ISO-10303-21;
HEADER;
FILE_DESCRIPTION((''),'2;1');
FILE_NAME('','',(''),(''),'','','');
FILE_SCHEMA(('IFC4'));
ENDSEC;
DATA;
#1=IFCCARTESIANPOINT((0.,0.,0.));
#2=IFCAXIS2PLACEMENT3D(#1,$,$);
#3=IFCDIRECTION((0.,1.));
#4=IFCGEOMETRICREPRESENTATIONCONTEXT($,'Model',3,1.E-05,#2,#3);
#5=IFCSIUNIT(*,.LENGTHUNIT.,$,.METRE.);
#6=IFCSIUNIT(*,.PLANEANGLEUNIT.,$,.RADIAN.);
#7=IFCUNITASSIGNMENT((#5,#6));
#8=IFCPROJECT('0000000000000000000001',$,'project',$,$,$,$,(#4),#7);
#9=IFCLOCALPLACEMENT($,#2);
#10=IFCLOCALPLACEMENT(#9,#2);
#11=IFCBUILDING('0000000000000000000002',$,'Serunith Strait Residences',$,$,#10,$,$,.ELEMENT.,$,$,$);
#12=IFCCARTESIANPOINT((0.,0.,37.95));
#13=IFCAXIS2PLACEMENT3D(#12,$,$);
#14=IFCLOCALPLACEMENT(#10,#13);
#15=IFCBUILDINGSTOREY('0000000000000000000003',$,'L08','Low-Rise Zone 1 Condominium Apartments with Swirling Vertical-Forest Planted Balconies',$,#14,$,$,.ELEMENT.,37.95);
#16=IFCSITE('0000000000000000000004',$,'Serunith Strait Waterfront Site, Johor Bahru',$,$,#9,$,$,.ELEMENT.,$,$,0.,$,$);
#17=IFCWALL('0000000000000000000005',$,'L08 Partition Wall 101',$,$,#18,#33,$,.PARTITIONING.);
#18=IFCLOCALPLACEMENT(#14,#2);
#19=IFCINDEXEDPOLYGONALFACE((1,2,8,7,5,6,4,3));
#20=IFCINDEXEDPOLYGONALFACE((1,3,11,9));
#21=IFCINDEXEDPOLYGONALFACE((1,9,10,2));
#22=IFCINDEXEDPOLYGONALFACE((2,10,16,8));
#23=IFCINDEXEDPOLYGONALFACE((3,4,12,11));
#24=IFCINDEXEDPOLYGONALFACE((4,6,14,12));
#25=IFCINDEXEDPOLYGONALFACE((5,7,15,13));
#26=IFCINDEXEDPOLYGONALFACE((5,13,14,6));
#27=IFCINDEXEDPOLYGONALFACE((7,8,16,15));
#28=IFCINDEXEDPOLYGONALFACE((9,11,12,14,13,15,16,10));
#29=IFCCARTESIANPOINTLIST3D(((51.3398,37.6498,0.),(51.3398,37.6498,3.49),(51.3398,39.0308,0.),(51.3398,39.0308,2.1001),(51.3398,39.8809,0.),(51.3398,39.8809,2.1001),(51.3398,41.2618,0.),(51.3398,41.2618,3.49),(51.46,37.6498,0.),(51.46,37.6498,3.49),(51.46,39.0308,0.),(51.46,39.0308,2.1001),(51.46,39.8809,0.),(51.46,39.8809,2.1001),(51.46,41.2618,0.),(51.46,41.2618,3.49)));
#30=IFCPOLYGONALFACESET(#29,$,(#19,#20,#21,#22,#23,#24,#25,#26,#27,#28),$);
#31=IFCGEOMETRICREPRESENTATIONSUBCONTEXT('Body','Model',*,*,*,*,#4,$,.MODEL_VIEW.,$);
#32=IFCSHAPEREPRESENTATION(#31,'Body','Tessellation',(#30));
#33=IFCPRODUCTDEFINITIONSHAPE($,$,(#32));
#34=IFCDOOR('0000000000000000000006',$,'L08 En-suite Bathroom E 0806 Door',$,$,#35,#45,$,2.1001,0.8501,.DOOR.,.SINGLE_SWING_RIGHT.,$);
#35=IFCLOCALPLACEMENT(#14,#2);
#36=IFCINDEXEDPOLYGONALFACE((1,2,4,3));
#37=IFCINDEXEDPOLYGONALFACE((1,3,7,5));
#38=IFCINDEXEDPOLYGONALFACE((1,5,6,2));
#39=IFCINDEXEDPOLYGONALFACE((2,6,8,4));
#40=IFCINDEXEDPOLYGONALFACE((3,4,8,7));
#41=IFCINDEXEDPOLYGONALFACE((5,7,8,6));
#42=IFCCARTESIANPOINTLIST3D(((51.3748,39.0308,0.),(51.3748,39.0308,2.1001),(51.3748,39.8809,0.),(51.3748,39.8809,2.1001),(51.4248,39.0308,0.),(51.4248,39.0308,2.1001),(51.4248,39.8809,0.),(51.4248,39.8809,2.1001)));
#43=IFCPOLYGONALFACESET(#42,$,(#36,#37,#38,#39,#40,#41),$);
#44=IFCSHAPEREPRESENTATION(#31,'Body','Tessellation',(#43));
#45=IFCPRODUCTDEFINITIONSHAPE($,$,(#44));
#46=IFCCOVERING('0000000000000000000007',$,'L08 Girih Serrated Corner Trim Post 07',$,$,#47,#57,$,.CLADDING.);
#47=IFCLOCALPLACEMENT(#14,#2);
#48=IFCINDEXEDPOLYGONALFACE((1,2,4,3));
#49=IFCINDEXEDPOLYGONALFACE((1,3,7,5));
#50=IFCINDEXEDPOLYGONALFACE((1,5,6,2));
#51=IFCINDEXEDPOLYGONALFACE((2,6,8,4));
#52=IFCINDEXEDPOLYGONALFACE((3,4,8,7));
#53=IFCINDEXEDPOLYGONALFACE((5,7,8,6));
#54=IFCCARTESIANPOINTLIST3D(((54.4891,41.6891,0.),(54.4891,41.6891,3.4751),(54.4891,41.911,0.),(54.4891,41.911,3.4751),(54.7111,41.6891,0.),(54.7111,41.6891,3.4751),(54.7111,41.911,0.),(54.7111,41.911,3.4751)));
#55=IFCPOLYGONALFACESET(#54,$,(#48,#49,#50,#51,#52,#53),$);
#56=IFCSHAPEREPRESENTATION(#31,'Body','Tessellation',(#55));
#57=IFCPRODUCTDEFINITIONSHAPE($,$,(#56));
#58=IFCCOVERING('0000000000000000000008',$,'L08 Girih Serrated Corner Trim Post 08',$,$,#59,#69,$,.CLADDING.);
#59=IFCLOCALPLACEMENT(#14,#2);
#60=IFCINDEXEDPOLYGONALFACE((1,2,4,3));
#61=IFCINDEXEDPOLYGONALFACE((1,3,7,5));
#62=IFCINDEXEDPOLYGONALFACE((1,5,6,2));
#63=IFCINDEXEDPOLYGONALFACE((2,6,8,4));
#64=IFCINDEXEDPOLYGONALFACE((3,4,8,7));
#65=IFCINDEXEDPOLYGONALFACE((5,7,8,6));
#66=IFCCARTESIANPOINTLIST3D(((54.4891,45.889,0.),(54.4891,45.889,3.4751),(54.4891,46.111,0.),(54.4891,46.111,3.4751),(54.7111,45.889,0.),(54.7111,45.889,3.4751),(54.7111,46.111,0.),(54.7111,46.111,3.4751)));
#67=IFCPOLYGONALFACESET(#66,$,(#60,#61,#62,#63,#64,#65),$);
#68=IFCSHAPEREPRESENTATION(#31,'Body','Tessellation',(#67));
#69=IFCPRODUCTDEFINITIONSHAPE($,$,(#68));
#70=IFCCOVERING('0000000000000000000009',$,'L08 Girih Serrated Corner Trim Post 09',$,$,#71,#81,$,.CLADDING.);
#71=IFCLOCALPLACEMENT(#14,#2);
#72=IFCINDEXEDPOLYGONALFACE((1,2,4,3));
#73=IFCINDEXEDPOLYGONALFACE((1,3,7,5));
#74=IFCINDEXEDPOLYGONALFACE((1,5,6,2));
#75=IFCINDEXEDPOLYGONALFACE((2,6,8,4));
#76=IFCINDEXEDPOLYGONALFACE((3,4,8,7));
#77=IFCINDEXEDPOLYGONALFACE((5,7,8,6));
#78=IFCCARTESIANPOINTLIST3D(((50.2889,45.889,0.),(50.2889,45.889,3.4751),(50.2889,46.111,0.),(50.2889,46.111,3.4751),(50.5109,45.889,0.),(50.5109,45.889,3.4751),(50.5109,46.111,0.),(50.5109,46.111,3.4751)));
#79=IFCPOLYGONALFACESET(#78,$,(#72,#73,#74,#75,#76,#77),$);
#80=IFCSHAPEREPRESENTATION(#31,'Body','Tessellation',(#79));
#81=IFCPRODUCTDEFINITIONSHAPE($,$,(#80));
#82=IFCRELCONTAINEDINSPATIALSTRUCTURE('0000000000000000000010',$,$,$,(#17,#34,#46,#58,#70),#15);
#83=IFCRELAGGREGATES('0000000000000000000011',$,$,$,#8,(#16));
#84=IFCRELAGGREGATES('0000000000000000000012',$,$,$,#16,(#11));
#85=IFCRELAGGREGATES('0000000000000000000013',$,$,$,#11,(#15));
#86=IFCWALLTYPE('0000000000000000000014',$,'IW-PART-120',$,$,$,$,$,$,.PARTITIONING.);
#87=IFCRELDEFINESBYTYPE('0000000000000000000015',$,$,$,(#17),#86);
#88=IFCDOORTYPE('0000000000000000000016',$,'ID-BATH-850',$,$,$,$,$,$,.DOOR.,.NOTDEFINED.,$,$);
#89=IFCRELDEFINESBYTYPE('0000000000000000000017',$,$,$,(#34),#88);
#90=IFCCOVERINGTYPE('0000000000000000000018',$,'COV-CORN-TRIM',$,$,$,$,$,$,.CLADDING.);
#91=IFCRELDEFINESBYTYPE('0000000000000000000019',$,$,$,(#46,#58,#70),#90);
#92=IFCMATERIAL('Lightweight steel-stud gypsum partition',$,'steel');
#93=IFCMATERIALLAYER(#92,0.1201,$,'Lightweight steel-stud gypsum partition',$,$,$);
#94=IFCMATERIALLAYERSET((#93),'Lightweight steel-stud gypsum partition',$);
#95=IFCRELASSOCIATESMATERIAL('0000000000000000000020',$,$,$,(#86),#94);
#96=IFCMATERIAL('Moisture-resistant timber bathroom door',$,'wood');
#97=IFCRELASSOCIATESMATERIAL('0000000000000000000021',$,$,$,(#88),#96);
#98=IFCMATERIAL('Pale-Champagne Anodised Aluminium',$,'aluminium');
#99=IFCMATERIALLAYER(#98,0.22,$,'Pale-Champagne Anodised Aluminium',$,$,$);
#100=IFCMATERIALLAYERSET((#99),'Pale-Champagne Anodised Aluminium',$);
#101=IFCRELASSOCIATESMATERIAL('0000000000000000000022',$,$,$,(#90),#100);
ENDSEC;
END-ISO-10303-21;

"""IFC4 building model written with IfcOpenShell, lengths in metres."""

from ifc_helpers import new_model, si_unit, direction, frame, frame_2d, origin, origin_2d, place, context, subcontext, project, spatial, rectangle, extrude, source, transform, mapped, material, layer, layer_set, type_object, element, fill, save


model = new_model("IFC4")

# Units and contexts
model_context = context("Model", 3, precision=1e-05, world=origin(), true_north=direction((0.0, 1.0)))
body_context = subcontext(model_context, "Body", "Model", "MODEL_VIEW")
ifc_project = project(units=[si_unit("LENGTHUNIT", "METRE"), si_unit("PLANEANGLEUNIT", "RADIAN")], contexts=[model_context])

# Site, building, storey
site_placement = place(None, origin())
site = spatial("IfcSite", under=ifc_project, at=site_placement, Name="Serunith Strait Waterfront Site, Johor Bahru", CompositionType="ELEMENT", RefElevation=0.0)
building_placement = place(site_placement, origin())
building = spatial("IfcBuilding", under=site, at=building_placement, Name="Serunith Strait Residences", CompositionType="ELEMENT")
storey_placement = place(building_placement, frame((0.0, 0.0, 37.95)))
storey = spatial("IfcBuildingStorey", under=building, at=storey_placement, Name="L08", Description="Low-Rise Zone 1 Condominium Apartments with Swirling Vertical-Forest Planted Balconies", CompositionType="ELEMENT", Elevation=37.95)

# Shared definitions
ifc_material_1 = material(Name="Pale-Champagne Anodised Aluminium", Category="aluminium")

# Shared definitions
ifc_material_2 = material(Name="Lightweight steel-stud gypsum partition", Category="steel")
ifc_layer_1 = layer(ifc_material_2, 0.1201, Name="Lightweight steel-stud gypsum partition")
ifc_layer_set_1 = layer_set([ifc_layer_1], Name="Lightweight steel-stud gypsum partition")
wall_type_1 = type_object("IfcWallType", Name="IW-PART-120", PredefinedType="PARTITIONING", material=ifc_layer_set_1)

# Wall, opening, door
wall_1_placement = place(storey_placement, frame((51.3999, 41.262, 0.0), z_axis=(0.0, 0.0, 1.0), x_axis=(0.0, -1.0, 0.0)))
wall_1 = element("IfcWall", 1, at=wall_1_placement, inside=storey, type_object=wall_type_1, Name="L08 Partition Wall 101", PredefinedType="PARTITIONING", context=body_context, shape_type="SweptSolid", body=[
    extrude(rectangle(XDim=3.6121, YDim=0.1201, at=frame_2d((1.8062, 0.0))), origin(), (0.0, 0.0, 1.0), 3.49),
])
opening_1_placement = place(wall_1_placement, frame((1.3811, 0.0, 0.0)))
opening_1 = element("IfcOpeningElement", 2, at=opening_1_placement, cuts=wall_1, PredefinedType="OPENING", context=body_context, shape_type="SweptSolid", body=[
    extrude(rectangle(XDim=0.8501, YDim=2.1001, at=frame_2d((0.425, 1.05))), frame((0.0, 0.0701, 0.0), z_axis=(0.0, -1.0, 0.0), x_axis=(1.0, 0.0, 0.0)), (0.0, 0.0, 1.0), 0.1401),
])
ifc_material_3 = material(Name="Moisture-resistant timber bathroom door", Category="wood")
door_type = type_object("IfcDoorType", Name="ID-BATH-850", OperationType="NOTDEFINED", PredefinedType="DOOR", material=ifc_material_3)
shared_shape_1 = source(origin(), body_context, "Body", "SweptSolid", [
    extrude(rectangle(XDim=0.8501, YDim=2.1001, at=frame_2d((0.425, 1.05))), frame((0.0, 0.0249, 0.0), z_axis=(0.0, -1.0, 0.0), x_axis=(1.0, 0.0, 0.0)), (0.0, 0.0, 1.0), 0.05),
])
door_placement = place(opening_1_placement, origin())
door = element("IfcDoor", 3, at=door_placement, inside=storey, type_object=door_type, Name="L08 En-suite Bathroom E 0806 Door", OperationType="SINGLE_SWING_RIGHT", OverallHeight=2.1001, OverallWidth=0.8501, PredefinedType="DOOR", context=body_context, shape_type="MappedRepresentation", body=[
    mapped(shared_shape_1, transform((0.0, 0.0, 0.0), scale=1.0)),
])
fill(opening_1, door)

# Coverings
ifc_layer_2 = layer(ifc_material_1, 0.22, Name="Pale-Champagne Anodised Aluminium")
ifc_layer_set_2 = layer_set([ifc_layer_2], Name="Pale-Champagne Anodised Aluminium")
covering_type = type_object("IfcCoveringType", Name="COV-CORN-TRIM", PredefinedType="CLADDING", material=ifc_layer_set_2)
shared_shape_2 = source(origin(), body_context, "Body", "SweptSolid", [
    extrude(rectangle(XDim=0.2219, YDim=0.2219, at=origin_2d()), origin(), (0.0, 0.0, 1.0), 3.4751),
])
for number, where, z_axis, x_axis, name in (
    (4, (54.6001, 41.8, 0.0), (0.0, 0.0, 1.0), (1.0, 0.0, 0.0), "L08 Girih Serrated Corner Trim Post 07"),
    (5, (54.6001, 46.0, 0.0), (0.0, 0.0, 1.0), (1.0, 0.0, 0.0), "L08 Girih Serrated Corner Trim Post 08"),
    (6, (50.3999, 46.0, 0.0), (0.0, 0.0, 1.0), (1.0, 0.0, 0.0), "L08 Girih Serrated Corner Trim Post 09"),
):
    element("IfcCovering", number, at=place(storey_placement, frame(where, z_axis=z_axis, x_axis=x_axis)), inside=storey, type_object=covering_type, Name=name, PredefinedType="CLADDING", context=body_context, shape_type="MappedRepresentation", body=[
        mapped(shared_shape_2, transform((0.0, 0.0, 0.0), scale=1.0)),
    ])

save(model, "model.ifc")
